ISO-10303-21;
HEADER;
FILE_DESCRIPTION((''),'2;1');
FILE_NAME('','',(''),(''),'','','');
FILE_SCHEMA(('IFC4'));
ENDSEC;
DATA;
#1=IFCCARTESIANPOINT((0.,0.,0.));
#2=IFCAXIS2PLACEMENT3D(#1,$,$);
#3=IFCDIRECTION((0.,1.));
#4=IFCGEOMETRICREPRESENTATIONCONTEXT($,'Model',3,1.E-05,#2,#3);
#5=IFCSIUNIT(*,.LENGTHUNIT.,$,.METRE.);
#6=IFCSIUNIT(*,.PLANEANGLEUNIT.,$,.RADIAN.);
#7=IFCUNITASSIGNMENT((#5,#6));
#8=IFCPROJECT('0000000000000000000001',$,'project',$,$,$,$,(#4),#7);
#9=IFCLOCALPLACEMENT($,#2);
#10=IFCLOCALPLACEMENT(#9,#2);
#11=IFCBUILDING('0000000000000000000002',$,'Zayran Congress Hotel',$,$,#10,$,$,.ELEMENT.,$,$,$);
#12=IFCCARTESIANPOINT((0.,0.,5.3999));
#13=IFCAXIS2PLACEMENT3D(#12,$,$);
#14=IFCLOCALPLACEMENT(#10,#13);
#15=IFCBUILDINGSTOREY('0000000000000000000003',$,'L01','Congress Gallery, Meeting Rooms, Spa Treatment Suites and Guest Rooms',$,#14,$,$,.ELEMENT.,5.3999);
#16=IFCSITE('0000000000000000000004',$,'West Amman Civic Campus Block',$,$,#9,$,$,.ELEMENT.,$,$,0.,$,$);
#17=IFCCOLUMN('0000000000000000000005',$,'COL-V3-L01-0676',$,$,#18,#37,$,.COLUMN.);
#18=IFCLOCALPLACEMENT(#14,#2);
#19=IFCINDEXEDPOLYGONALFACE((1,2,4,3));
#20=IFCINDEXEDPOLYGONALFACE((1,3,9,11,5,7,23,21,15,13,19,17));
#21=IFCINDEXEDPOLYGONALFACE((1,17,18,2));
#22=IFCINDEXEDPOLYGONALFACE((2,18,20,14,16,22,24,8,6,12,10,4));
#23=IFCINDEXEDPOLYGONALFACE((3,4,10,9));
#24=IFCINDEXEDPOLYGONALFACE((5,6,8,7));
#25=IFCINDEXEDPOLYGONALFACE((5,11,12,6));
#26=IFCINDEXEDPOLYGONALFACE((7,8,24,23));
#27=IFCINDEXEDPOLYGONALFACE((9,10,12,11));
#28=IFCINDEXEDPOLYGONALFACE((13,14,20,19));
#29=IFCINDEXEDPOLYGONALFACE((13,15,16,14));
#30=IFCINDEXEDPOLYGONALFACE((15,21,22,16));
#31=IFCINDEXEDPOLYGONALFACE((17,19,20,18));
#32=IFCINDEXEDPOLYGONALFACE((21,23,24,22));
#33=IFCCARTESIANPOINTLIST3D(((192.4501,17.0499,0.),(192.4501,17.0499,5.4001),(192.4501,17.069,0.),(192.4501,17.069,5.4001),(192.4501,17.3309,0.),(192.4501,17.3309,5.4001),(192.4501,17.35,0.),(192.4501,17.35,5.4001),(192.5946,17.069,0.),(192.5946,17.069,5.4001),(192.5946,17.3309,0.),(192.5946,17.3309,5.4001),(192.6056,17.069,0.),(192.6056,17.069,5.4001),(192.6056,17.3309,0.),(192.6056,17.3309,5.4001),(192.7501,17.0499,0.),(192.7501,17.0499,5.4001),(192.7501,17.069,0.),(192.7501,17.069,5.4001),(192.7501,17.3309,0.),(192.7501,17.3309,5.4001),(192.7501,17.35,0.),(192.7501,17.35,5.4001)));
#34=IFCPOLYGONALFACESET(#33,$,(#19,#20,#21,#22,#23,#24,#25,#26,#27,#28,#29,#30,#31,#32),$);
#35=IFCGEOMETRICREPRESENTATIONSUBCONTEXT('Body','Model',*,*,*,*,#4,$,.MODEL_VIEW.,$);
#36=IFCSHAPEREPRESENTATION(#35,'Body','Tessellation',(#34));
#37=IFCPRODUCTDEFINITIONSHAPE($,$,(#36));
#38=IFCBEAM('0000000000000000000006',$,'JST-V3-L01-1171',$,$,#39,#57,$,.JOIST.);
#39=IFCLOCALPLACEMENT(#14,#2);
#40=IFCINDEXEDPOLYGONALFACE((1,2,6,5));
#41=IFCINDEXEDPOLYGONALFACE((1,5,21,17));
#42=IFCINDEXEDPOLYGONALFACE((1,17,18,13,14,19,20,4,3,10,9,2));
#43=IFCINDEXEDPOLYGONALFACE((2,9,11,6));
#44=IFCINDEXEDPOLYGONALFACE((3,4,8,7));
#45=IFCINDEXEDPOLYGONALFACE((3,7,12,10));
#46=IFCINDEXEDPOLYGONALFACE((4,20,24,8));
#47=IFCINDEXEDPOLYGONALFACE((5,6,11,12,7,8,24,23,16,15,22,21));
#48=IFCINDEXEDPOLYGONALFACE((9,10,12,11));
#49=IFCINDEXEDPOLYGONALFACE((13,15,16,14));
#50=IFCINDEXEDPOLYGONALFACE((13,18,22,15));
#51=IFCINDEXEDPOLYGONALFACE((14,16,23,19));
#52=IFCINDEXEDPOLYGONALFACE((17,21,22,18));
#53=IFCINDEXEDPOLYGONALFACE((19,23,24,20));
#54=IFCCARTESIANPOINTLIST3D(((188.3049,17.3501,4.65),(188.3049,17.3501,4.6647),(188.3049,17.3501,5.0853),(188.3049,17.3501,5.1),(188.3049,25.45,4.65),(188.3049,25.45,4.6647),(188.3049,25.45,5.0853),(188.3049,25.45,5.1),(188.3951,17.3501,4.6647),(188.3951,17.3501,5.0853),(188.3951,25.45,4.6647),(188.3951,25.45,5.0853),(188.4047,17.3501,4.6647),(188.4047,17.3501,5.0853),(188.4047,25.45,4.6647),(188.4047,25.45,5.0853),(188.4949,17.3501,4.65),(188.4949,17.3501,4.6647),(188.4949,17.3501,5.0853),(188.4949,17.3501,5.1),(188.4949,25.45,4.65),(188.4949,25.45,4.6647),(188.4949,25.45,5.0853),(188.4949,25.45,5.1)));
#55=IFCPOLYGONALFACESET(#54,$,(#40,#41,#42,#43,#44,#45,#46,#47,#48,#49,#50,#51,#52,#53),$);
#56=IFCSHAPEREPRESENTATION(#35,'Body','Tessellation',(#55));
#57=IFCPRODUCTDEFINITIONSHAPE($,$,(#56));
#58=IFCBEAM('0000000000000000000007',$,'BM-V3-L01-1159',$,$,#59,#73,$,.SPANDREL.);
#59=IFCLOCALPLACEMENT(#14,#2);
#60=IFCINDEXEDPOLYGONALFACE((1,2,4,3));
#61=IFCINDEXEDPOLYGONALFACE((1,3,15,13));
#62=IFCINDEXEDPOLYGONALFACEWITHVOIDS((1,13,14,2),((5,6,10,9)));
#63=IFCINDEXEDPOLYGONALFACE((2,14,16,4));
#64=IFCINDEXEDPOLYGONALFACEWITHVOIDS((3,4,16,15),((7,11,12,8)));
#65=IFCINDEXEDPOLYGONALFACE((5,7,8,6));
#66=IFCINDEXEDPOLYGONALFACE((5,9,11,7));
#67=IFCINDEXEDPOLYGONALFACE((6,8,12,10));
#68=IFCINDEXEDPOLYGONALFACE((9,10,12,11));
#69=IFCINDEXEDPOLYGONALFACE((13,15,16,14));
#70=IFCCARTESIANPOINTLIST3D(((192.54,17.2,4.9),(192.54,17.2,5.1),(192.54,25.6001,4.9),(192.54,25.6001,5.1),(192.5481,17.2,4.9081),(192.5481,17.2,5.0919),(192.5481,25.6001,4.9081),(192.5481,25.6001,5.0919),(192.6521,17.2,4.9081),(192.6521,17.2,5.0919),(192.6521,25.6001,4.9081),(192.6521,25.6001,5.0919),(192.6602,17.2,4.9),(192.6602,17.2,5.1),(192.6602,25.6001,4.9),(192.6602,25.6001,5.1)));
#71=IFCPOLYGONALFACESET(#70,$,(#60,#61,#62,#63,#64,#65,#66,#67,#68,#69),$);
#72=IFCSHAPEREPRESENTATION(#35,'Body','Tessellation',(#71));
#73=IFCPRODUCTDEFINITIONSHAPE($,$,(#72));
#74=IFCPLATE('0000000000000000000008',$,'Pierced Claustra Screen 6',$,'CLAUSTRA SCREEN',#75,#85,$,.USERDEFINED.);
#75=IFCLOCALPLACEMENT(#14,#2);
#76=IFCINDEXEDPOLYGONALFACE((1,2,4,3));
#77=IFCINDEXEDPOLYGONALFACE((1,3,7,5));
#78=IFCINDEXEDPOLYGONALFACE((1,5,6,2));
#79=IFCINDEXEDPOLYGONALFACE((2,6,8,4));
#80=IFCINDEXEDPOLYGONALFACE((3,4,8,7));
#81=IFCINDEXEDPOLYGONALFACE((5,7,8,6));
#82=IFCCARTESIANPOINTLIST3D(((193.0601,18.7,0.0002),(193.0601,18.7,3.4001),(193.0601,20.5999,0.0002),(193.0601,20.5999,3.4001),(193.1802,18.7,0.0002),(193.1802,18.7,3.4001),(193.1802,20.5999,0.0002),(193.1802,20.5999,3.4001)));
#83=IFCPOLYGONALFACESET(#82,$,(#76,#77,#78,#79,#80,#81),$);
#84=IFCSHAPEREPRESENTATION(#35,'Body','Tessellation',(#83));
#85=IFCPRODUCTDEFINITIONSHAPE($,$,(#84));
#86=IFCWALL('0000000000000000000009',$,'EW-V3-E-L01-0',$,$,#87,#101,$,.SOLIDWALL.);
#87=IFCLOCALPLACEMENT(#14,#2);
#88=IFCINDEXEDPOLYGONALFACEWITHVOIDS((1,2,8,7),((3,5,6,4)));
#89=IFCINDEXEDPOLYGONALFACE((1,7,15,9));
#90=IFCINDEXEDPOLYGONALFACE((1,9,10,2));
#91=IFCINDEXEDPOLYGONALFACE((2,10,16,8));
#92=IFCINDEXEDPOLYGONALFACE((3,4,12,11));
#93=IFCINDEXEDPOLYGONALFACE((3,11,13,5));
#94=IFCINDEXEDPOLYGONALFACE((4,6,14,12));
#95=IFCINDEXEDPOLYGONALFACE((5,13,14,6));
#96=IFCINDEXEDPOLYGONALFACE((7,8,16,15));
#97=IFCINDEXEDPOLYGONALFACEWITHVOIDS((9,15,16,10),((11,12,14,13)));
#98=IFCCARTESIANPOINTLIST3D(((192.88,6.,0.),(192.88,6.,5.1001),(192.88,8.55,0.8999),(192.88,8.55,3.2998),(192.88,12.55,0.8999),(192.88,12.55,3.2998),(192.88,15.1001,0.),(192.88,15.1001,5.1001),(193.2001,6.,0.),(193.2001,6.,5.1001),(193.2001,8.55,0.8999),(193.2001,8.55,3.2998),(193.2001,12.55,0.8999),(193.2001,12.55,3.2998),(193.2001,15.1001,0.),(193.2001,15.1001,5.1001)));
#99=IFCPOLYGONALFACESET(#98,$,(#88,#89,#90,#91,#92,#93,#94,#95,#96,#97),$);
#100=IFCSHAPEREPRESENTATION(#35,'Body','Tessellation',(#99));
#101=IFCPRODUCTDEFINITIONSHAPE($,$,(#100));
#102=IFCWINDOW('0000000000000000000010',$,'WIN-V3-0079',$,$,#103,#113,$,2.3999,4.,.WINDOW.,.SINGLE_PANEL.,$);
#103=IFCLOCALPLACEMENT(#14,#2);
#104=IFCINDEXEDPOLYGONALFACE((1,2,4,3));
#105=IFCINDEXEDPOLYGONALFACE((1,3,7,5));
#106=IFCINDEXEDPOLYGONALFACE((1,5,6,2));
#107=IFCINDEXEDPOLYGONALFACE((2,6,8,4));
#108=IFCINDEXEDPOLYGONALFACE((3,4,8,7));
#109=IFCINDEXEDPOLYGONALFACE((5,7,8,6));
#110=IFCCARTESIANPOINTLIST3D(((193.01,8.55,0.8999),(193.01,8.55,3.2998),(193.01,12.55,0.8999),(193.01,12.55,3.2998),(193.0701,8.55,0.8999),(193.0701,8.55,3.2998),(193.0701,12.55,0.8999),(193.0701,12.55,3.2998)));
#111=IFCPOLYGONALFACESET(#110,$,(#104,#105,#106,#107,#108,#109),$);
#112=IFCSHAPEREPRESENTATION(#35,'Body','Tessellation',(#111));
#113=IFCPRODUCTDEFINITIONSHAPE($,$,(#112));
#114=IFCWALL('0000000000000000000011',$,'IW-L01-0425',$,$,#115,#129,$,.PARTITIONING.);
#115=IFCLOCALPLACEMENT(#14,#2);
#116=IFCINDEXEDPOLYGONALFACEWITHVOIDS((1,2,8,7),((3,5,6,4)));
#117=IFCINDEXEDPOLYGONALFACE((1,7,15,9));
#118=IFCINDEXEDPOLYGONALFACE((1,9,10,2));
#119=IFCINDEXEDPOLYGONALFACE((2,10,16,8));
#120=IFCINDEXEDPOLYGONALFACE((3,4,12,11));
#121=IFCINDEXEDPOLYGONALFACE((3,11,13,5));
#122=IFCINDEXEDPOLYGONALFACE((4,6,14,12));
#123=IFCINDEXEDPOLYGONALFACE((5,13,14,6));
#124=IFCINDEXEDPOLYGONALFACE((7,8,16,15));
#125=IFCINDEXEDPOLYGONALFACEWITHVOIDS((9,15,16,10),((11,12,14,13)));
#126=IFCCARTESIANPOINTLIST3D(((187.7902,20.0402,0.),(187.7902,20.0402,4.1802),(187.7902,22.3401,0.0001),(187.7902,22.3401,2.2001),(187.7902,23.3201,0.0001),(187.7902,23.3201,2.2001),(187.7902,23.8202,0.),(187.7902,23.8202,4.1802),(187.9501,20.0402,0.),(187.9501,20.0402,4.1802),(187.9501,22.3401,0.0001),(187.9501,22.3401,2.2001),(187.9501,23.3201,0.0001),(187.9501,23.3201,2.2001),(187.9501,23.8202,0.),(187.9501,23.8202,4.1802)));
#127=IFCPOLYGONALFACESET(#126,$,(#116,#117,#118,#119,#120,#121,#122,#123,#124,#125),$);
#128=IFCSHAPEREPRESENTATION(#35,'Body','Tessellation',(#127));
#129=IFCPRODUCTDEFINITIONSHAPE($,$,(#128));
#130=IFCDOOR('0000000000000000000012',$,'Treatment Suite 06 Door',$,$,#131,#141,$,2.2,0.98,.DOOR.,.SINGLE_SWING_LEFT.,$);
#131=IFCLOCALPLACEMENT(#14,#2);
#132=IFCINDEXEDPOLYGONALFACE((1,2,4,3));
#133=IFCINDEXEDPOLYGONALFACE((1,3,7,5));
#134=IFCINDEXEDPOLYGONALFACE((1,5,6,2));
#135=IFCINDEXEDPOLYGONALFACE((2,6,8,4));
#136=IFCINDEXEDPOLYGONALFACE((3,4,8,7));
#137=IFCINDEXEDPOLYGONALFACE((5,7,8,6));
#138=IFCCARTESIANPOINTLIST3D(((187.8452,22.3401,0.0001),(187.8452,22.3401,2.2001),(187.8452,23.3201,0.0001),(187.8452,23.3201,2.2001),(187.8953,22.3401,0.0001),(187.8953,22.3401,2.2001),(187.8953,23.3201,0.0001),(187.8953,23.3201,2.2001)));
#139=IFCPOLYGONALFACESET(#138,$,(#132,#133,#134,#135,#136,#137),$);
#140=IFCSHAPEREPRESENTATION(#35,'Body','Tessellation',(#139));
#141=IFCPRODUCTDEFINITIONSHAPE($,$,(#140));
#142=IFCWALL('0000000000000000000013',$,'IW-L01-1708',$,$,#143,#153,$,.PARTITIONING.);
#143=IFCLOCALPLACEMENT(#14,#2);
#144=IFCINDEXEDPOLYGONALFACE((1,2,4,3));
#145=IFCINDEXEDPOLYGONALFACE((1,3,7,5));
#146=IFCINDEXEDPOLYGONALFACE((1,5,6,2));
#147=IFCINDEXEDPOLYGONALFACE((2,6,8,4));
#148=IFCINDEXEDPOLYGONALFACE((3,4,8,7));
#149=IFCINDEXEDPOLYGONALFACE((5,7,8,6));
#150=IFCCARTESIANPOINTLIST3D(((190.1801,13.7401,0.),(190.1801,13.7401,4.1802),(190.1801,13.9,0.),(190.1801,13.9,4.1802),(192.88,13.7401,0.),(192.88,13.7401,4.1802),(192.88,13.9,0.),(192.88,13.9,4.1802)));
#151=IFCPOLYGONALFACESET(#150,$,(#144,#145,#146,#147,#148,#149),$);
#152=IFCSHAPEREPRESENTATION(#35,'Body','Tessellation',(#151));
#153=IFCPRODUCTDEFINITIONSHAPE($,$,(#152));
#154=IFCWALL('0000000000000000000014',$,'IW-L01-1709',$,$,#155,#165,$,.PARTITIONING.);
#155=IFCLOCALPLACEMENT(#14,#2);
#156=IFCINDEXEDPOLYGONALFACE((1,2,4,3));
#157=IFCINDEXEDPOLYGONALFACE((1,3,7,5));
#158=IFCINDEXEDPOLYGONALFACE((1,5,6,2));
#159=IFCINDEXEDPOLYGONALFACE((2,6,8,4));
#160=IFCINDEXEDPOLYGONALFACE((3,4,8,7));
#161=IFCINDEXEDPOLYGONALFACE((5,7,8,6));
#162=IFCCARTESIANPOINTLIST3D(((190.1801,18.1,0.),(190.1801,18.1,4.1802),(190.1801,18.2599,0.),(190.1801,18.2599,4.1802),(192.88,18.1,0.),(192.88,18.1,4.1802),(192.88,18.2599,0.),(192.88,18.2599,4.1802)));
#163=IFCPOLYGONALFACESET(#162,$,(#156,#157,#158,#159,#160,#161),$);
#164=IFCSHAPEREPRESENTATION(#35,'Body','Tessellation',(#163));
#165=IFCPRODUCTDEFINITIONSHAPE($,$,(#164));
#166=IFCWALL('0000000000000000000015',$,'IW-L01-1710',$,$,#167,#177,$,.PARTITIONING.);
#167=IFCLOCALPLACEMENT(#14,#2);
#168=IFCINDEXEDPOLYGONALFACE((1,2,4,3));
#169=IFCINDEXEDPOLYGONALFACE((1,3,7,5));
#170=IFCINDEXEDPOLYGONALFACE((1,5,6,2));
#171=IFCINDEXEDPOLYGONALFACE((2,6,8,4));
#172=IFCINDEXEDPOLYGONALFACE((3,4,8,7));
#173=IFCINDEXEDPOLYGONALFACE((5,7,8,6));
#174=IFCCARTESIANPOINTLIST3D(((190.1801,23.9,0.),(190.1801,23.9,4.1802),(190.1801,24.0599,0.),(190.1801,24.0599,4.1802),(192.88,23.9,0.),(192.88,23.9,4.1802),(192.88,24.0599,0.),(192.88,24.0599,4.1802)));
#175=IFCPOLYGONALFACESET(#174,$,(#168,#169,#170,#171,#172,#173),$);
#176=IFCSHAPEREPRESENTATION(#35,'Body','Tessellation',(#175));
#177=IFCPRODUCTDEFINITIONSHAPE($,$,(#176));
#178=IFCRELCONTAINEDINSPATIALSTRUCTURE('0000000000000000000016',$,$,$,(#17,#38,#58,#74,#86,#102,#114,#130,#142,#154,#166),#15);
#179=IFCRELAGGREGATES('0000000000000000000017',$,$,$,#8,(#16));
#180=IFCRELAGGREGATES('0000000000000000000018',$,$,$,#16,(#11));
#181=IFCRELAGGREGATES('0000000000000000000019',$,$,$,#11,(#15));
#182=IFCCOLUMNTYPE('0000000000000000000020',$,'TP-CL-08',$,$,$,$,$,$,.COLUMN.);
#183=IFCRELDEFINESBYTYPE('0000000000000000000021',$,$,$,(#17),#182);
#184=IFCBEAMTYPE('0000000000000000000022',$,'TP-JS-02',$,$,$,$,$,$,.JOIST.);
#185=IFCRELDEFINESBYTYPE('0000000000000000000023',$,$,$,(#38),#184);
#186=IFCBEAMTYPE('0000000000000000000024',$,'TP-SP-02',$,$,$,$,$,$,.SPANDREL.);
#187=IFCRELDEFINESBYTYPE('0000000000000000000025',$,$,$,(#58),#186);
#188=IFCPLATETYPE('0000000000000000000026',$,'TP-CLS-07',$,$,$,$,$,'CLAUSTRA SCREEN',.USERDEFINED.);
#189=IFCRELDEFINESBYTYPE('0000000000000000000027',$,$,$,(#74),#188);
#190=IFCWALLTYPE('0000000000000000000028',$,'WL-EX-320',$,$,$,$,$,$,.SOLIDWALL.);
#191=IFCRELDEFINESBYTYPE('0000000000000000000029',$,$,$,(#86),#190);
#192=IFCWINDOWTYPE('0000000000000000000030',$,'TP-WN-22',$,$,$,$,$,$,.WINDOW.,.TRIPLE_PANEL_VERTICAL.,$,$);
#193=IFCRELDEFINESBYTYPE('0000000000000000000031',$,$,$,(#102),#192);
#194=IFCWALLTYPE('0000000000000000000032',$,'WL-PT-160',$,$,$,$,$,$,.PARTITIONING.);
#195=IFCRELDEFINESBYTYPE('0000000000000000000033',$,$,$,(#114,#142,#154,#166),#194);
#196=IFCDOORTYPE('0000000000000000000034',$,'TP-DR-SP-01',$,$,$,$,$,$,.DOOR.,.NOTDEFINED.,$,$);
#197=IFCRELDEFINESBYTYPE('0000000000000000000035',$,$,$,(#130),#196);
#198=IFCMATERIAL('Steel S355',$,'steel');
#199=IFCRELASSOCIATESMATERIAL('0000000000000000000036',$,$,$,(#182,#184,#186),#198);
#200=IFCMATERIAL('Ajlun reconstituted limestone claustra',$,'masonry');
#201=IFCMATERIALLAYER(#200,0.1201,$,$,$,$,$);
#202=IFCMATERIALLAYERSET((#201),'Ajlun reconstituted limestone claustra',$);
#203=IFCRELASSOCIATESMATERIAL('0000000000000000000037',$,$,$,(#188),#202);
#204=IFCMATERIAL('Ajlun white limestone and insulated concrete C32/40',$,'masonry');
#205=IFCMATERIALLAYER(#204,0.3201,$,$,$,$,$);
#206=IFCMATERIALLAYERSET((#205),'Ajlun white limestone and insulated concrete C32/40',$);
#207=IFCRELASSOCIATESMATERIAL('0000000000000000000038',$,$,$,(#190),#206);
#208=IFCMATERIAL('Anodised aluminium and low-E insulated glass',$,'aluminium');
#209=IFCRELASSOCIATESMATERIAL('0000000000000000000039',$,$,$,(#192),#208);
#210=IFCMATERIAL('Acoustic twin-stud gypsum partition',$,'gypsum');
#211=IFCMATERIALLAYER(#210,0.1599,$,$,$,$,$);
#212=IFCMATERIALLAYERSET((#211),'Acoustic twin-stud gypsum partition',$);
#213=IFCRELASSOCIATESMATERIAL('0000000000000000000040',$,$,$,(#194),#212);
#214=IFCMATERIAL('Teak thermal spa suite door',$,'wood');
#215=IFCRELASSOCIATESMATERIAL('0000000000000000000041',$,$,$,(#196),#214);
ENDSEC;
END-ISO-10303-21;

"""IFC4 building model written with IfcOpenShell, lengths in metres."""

from ifc_helpers import new_model, si_unit, direction, frame, frame_2d, origin, origin_2d, place, context, subcontext, project, spatial, rectangle, hollow_rectangle, i_section, extrude, material, layer, layer_set, material_profile, profile_set, type_object, element, fill, save


model = new_model("IFC4")

# Units and contexts
model_context = context("Model", 3, precision=1e-05, world=origin(), true_north=direction((0.0, 1.0)))
body_context = subcontext(model_context, "Body", "Model", "MODEL_VIEW")
ifc_project = project(units=[si_unit("LENGTHUNIT", "METRE"), si_unit("PLANEANGLEUNIT", "RADIAN")], contexts=[model_context])

# Site, building, storey
site_placement = place(None, origin())
site = spatial("IfcSite", under=ifc_project, at=site_placement, Name="West Amman Civic Campus Block", CompositionType="ELEMENT", RefElevation=0.0)
building_placement = place(site_placement, origin())
building = spatial("IfcBuilding", under=site, at=building_placement, Name="Zayran Congress Hotel", CompositionType="ELEMENT")
storey_placement = place(building_placement, frame((0.0, 0.0, 5.3999)))
storey = spatial("IfcBuildingStorey", under=building, at=storey_placement, Name="L01", Description="Congress Gallery, Meeting Rooms, Spa Treatment Suites and Guest Rooms", CompositionType="ELEMENT", Elevation=5.3999)

# Column
ifc_material_1 = material(Name="Steel S355", Category="steel")
ifc_material_profile_1 = material_profile(ifc_material_1, i_section(OverallWidth=0.3, OverallDepth=0.3, WebThickness=0.011, FlangeThickness=0.019, at=origin_2d()), Name="HEB 300")
ifc_profile_set_1 = profile_set([ifc_material_profile_1], Name="Steel S355")
column_type = type_object("IfcColumnType", Name="TP-CL-08", PredefinedType="COLUMN", material=ifc_profile_set_1)
column_placement = place(storey_placement, frame((192.6001, 17.2, 0.0), z_axis=(0.0, 0.0, 1.0), x_axis=(1.0, 0.0, 0.0)))
element("IfcColumn", 1, at=column_placement, inside=storey, type_object=column_type, Name="COL-V3-L01-0676", PredefinedType="COLUMN", context=body_context, shape_type="SweptSolid", body=[
    extrude(i_section(OverallWidth=0.3, OverallDepth=0.3, WebThickness=0.011, FlangeThickness=0.019, at=origin_2d()), origin(), (0.0, 0.0, 1.0), 5.4001),
])

# Beams
ifc_material_profile_2 = material_profile(ifc_material_1, i_section(OverallWidth=0.1899, OverallDepth=0.45, WebThickness=0.0095, FlangeThickness=0.0146, at=origin_2d()), Name="IPE 450")
ifc_profile_set_2 = profile_set([ifc_material_profile_2], Name="Steel S355")
beam_type_1 = type_object("IfcBeamType", Name="TP-JS-02", PredefinedType="JOIST", material=ifc_profile_set_2)
beam_1_placement = place(storey_placement, frame((188.3999, 17.3501, 4.875), z_axis=(0.0, 1.0, 0.0), x_axis=(-1.0, 0.0, 0.0)))
element("IfcBeam", 2, at=beam_1_placement, inside=storey, type_object=beam_type_1, Name="JST-V3-L01-1171", PredefinedType="JOIST", context=body_context, shape_type="SweptSolid", body=[
    extrude(i_section(OverallWidth=0.1899, OverallDepth=0.45, WebThickness=0.0095, FlangeThickness=0.0146, at=origin_2d()), origin(), (0.0, 0.0, 1.0), 8.0999),
])
ifc_material_profile_3 = material_profile(ifc_material_1, hollow_rectangle(XDim=0.1201, YDim=0.2, WallThickness=0.0081, at=origin_2d()), Name="RHS 200x120x8")
ifc_profile_set_3 = profile_set([ifc_material_profile_3], Name="Steel S355")
beam_type_2 = type_object("IfcBeamType", Name="TP-SP-02", PredefinedType="SPANDREL", material=ifc_profile_set_3)
beam_2_placement = place(storey_placement, frame((192.6001, 17.2, 5.0), z_axis=(0.0, 1.0, 0.0), x_axis=(-1.0, 0.0, 0.0)))
element("IfcBeam", 3, at=beam_2_placement, inside=storey, type_object=beam_type_2, Name="BM-V3-L01-1159", PredefinedType="SPANDREL", context=body_context, shape_type="SweptSolid", body=[
    extrude(hollow_rectangle(XDim=0.1201, YDim=0.2, WallThickness=0.0081, at=origin_2d()), origin(), (0.0, 0.0, 1.0), 8.4001),
])

# Plate
ifc_material_2 = material(Name="Ajlun reconstituted limestone claustra", Category="masonry")
ifc_layer_1 = layer(ifc_material_2, 0.1201)
ifc_layer_set_1 = layer_set([ifc_layer_1], Name="Ajlun reconstituted limestone claustra")
plate_type = type_object("IfcPlateType", Name="TP-CLS-07", ElementType="CLAUSTRA SCREEN", PredefinedType="USERDEFINED", material=ifc_layer_set_1)
plate_placement = place(storey_placement, frame((193.1201, 19.6499, 0.0002), z_axis=(0.0, 0.0, 1.0), x_axis=(0.0, 1.0, 0.0)))
element("IfcPlate", 4, at=plate_placement, inside=storey, type_object=plate_type, Name="Pierced Claustra Screen 6", ObjectType="CLAUSTRA SCREEN", PredefinedType="USERDEFINED", context=body_context, shape_type="SweptSolid", body=[
    extrude(rectangle(XDim=1.8999, YDim=0.1201, at=origin_2d()), origin(), (0.0, 0.0, 1.0), 3.3999),
])

# Wall, opening, window
ifc_material_3 = material(Name="Ajlun white limestone and insulated concrete C32/40", Category="masonry")
ifc_layer_2 = layer(ifc_material_3, 0.3201)
ifc_layer_set_2 = layer_set([ifc_layer_2], Name="Ajlun white limestone and insulated concrete C32/40")
wall_type_1 = type_object("IfcWallType", Name="WL-EX-320", PredefinedType="SOLIDWALL", material=ifc_layer_set_2)
wall_1_placement = place(storey_placement, frame((193.04, 15.1001, 0.0), z_axis=(0.0, 0.0, 1.0), x_axis=(0.0, -1.0, 0.0)))
wall_1 = element("IfcWall", 5, at=wall_1_placement, inside=storey, type_object=wall_type_1, Name="EW-V3-E-L01-0", PredefinedType="SOLIDWALL", context=body_context, shape_type="SweptSolid", body=[
    extrude(rectangle(XDim=9.1001, YDim=0.3201, at=frame_2d((4.55, 0.0))), origin(), (0.0, 0.0, 1.0), 5.1001),
])
opening_1_placement = place(wall_1_placement, frame((2.55, 0.0, 0.8999)))
opening_1 = element("IfcOpeningElement", 6, at=opening_1_placement, cuts=wall_1, PredefinedType="OPENING", context=body_context, shape_type="SweptSolid", body=[
    extrude(rectangle(XDim=4.0, YDim=2.3999, at=frame_2d((2.0, 1.2))), frame((0.0, 0.1699, 0.0), z_axis=(0.0, -1.0, 0.0), x_axis=(1.0, 0.0, 0.0)), (0.0, 0.0, 1.0), 0.3401),
])
ifc_material_4 = material(Name="Anodised aluminium and low-E insulated glass", Category="aluminium")
window_type = type_object("IfcWindowType", Name="TP-WN-22", PartitioningType="TRIPLE_PANEL_VERTICAL", PredefinedType="WINDOW", material=ifc_material_4)
window_placement = place(opening_1_placement, origin())
window = element("IfcWindow", 7, at=window_placement, inside=storey, type_object=window_type, Name="WIN-V3-0079", OverallHeight=2.3999, OverallWidth=4.0, PartitioningType="SINGLE_PANEL", PredefinedType="WINDOW", context=body_context, shape_type="SweptSolid", body=[
    extrude(rectangle(XDim=4.0, YDim=2.3999, at=frame_2d((2.0, 1.2))), frame((0.0, 0.03, 0.0), z_axis=(0.0, -1.0, 0.0), x_axis=(1.0, 0.0, 0.0)), (0.0, 0.0, 1.0), 0.0601),
])
fill(opening_1, window)

# Wall, opening, door
ifc_material_5 = material(Name="Acoustic twin-stud gypsum partition", Category="gypsum")
ifc_layer_3 = layer(ifc_material_5, 0.1599)
ifc_layer_set_3 = layer_set([ifc_layer_3], Name="Acoustic twin-stud gypsum partition")
wall_type_2 = type_object("IfcWallType", Name="WL-PT-160", PredefinedType="PARTITIONING", material=ifc_layer_set_3)
wall_2_placement = place(storey_placement, frame((187.8701, 20.04, 0.0), z_axis=(0.0, 0.0, 1.0), x_axis=(0.0, 1.0, 0.0)))
wall_2 = element("IfcWall", 8, at=wall_2_placement, inside=storey, type_object=wall_type_2, Name="IW-L01-0425", PredefinedType="PARTITIONING", context=body_context, shape_type="SweptSolid", body=[
    extrude(rectangle(XDim=3.78, YDim=0.1599, at=frame_2d((1.8901, 0.0))), origin(), (0.0, 0.0, 1.0), 4.1802),
])
opening_2_placement = place(wall_2_placement, frame((2.3, 0.0, 0.0)))
opening_2 = element("IfcOpeningElement", 9, at=opening_2_placement, cuts=wall_2, PredefinedType="OPENING", context=body_context, shape_type="SweptSolid", body=[
    extrude(rectangle(XDim=0.98, YDim=2.2, at=frame_2d((0.49, 1.1001))), frame((0.0, 0.0898, 0.0), z_axis=(0.0, -1.0, 0.0), x_axis=(1.0, 0.0, 0.0)), (0.0, 0.0, 1.0), 0.1799),
])
ifc_material_6 = material(Name="Teak thermal spa suite door", Category="wood")
door_type = type_object("IfcDoorType", Name="TP-DR-SP-01", OperationType="NOTDEFINED", PredefinedType="DOOR", material=ifc_material_6)
door_placement = place(opening_2_placement, origin())
door = element("IfcDoor", 10, at=door_placement, inside=storey, type_object=door_type, Name="Treatment Suite 06 Door", OperationType="SINGLE_SWING_LEFT", OverallHeight=2.2, OverallWidth=0.98, PredefinedType="DOOR", context=body_context, shape_type="SweptSolid", body=[
    extrude(rectangle(XDim=0.98, YDim=2.2, at=frame_2d((0.49, 1.1001))), frame((0.0, 0.0249, 0.0), z_axis=(0.0, -1.0, 0.0), x_axis=(1.0, 0.0, 0.0)), (0.0, 0.0, 1.0), 0.05),
])
fill(opening_2, door)

# Walls
for number, where, z_axis, x_axis, name in (
    (11, (190.1799, 13.8201, 0.0), (0.0, 0.0, 1.0), (1.0, 0.0, 0.0), "IW-L01-1708"),
    (12, (190.1799, 18.1799, 0.0), (0.0, 0.0, 1.0), (1.0, 0.0, 0.0), "IW-L01-1709"),
    (13, (190.1799, 23.98, 0.0), (0.0, 0.0, 1.0), (1.0, 0.0, 0.0), "IW-L01-1710"),
):
    element("IfcWall", number, at=place(storey_placement, frame(where, z_axis=z_axis, x_axis=x_axis)), inside=storey, type_object=wall_type_2, Name=name, PredefinedType="PARTITIONING", context=body_context, shape_type="SweptSolid", body=[
        extrude(rectangle(XDim=2.7, YDim=0.1599, at=frame_2d((1.3501, 0.0))), origin(), (0.0, 0.0, 1.0), 4.1802),
    ])

save(model, "model.ifc")
